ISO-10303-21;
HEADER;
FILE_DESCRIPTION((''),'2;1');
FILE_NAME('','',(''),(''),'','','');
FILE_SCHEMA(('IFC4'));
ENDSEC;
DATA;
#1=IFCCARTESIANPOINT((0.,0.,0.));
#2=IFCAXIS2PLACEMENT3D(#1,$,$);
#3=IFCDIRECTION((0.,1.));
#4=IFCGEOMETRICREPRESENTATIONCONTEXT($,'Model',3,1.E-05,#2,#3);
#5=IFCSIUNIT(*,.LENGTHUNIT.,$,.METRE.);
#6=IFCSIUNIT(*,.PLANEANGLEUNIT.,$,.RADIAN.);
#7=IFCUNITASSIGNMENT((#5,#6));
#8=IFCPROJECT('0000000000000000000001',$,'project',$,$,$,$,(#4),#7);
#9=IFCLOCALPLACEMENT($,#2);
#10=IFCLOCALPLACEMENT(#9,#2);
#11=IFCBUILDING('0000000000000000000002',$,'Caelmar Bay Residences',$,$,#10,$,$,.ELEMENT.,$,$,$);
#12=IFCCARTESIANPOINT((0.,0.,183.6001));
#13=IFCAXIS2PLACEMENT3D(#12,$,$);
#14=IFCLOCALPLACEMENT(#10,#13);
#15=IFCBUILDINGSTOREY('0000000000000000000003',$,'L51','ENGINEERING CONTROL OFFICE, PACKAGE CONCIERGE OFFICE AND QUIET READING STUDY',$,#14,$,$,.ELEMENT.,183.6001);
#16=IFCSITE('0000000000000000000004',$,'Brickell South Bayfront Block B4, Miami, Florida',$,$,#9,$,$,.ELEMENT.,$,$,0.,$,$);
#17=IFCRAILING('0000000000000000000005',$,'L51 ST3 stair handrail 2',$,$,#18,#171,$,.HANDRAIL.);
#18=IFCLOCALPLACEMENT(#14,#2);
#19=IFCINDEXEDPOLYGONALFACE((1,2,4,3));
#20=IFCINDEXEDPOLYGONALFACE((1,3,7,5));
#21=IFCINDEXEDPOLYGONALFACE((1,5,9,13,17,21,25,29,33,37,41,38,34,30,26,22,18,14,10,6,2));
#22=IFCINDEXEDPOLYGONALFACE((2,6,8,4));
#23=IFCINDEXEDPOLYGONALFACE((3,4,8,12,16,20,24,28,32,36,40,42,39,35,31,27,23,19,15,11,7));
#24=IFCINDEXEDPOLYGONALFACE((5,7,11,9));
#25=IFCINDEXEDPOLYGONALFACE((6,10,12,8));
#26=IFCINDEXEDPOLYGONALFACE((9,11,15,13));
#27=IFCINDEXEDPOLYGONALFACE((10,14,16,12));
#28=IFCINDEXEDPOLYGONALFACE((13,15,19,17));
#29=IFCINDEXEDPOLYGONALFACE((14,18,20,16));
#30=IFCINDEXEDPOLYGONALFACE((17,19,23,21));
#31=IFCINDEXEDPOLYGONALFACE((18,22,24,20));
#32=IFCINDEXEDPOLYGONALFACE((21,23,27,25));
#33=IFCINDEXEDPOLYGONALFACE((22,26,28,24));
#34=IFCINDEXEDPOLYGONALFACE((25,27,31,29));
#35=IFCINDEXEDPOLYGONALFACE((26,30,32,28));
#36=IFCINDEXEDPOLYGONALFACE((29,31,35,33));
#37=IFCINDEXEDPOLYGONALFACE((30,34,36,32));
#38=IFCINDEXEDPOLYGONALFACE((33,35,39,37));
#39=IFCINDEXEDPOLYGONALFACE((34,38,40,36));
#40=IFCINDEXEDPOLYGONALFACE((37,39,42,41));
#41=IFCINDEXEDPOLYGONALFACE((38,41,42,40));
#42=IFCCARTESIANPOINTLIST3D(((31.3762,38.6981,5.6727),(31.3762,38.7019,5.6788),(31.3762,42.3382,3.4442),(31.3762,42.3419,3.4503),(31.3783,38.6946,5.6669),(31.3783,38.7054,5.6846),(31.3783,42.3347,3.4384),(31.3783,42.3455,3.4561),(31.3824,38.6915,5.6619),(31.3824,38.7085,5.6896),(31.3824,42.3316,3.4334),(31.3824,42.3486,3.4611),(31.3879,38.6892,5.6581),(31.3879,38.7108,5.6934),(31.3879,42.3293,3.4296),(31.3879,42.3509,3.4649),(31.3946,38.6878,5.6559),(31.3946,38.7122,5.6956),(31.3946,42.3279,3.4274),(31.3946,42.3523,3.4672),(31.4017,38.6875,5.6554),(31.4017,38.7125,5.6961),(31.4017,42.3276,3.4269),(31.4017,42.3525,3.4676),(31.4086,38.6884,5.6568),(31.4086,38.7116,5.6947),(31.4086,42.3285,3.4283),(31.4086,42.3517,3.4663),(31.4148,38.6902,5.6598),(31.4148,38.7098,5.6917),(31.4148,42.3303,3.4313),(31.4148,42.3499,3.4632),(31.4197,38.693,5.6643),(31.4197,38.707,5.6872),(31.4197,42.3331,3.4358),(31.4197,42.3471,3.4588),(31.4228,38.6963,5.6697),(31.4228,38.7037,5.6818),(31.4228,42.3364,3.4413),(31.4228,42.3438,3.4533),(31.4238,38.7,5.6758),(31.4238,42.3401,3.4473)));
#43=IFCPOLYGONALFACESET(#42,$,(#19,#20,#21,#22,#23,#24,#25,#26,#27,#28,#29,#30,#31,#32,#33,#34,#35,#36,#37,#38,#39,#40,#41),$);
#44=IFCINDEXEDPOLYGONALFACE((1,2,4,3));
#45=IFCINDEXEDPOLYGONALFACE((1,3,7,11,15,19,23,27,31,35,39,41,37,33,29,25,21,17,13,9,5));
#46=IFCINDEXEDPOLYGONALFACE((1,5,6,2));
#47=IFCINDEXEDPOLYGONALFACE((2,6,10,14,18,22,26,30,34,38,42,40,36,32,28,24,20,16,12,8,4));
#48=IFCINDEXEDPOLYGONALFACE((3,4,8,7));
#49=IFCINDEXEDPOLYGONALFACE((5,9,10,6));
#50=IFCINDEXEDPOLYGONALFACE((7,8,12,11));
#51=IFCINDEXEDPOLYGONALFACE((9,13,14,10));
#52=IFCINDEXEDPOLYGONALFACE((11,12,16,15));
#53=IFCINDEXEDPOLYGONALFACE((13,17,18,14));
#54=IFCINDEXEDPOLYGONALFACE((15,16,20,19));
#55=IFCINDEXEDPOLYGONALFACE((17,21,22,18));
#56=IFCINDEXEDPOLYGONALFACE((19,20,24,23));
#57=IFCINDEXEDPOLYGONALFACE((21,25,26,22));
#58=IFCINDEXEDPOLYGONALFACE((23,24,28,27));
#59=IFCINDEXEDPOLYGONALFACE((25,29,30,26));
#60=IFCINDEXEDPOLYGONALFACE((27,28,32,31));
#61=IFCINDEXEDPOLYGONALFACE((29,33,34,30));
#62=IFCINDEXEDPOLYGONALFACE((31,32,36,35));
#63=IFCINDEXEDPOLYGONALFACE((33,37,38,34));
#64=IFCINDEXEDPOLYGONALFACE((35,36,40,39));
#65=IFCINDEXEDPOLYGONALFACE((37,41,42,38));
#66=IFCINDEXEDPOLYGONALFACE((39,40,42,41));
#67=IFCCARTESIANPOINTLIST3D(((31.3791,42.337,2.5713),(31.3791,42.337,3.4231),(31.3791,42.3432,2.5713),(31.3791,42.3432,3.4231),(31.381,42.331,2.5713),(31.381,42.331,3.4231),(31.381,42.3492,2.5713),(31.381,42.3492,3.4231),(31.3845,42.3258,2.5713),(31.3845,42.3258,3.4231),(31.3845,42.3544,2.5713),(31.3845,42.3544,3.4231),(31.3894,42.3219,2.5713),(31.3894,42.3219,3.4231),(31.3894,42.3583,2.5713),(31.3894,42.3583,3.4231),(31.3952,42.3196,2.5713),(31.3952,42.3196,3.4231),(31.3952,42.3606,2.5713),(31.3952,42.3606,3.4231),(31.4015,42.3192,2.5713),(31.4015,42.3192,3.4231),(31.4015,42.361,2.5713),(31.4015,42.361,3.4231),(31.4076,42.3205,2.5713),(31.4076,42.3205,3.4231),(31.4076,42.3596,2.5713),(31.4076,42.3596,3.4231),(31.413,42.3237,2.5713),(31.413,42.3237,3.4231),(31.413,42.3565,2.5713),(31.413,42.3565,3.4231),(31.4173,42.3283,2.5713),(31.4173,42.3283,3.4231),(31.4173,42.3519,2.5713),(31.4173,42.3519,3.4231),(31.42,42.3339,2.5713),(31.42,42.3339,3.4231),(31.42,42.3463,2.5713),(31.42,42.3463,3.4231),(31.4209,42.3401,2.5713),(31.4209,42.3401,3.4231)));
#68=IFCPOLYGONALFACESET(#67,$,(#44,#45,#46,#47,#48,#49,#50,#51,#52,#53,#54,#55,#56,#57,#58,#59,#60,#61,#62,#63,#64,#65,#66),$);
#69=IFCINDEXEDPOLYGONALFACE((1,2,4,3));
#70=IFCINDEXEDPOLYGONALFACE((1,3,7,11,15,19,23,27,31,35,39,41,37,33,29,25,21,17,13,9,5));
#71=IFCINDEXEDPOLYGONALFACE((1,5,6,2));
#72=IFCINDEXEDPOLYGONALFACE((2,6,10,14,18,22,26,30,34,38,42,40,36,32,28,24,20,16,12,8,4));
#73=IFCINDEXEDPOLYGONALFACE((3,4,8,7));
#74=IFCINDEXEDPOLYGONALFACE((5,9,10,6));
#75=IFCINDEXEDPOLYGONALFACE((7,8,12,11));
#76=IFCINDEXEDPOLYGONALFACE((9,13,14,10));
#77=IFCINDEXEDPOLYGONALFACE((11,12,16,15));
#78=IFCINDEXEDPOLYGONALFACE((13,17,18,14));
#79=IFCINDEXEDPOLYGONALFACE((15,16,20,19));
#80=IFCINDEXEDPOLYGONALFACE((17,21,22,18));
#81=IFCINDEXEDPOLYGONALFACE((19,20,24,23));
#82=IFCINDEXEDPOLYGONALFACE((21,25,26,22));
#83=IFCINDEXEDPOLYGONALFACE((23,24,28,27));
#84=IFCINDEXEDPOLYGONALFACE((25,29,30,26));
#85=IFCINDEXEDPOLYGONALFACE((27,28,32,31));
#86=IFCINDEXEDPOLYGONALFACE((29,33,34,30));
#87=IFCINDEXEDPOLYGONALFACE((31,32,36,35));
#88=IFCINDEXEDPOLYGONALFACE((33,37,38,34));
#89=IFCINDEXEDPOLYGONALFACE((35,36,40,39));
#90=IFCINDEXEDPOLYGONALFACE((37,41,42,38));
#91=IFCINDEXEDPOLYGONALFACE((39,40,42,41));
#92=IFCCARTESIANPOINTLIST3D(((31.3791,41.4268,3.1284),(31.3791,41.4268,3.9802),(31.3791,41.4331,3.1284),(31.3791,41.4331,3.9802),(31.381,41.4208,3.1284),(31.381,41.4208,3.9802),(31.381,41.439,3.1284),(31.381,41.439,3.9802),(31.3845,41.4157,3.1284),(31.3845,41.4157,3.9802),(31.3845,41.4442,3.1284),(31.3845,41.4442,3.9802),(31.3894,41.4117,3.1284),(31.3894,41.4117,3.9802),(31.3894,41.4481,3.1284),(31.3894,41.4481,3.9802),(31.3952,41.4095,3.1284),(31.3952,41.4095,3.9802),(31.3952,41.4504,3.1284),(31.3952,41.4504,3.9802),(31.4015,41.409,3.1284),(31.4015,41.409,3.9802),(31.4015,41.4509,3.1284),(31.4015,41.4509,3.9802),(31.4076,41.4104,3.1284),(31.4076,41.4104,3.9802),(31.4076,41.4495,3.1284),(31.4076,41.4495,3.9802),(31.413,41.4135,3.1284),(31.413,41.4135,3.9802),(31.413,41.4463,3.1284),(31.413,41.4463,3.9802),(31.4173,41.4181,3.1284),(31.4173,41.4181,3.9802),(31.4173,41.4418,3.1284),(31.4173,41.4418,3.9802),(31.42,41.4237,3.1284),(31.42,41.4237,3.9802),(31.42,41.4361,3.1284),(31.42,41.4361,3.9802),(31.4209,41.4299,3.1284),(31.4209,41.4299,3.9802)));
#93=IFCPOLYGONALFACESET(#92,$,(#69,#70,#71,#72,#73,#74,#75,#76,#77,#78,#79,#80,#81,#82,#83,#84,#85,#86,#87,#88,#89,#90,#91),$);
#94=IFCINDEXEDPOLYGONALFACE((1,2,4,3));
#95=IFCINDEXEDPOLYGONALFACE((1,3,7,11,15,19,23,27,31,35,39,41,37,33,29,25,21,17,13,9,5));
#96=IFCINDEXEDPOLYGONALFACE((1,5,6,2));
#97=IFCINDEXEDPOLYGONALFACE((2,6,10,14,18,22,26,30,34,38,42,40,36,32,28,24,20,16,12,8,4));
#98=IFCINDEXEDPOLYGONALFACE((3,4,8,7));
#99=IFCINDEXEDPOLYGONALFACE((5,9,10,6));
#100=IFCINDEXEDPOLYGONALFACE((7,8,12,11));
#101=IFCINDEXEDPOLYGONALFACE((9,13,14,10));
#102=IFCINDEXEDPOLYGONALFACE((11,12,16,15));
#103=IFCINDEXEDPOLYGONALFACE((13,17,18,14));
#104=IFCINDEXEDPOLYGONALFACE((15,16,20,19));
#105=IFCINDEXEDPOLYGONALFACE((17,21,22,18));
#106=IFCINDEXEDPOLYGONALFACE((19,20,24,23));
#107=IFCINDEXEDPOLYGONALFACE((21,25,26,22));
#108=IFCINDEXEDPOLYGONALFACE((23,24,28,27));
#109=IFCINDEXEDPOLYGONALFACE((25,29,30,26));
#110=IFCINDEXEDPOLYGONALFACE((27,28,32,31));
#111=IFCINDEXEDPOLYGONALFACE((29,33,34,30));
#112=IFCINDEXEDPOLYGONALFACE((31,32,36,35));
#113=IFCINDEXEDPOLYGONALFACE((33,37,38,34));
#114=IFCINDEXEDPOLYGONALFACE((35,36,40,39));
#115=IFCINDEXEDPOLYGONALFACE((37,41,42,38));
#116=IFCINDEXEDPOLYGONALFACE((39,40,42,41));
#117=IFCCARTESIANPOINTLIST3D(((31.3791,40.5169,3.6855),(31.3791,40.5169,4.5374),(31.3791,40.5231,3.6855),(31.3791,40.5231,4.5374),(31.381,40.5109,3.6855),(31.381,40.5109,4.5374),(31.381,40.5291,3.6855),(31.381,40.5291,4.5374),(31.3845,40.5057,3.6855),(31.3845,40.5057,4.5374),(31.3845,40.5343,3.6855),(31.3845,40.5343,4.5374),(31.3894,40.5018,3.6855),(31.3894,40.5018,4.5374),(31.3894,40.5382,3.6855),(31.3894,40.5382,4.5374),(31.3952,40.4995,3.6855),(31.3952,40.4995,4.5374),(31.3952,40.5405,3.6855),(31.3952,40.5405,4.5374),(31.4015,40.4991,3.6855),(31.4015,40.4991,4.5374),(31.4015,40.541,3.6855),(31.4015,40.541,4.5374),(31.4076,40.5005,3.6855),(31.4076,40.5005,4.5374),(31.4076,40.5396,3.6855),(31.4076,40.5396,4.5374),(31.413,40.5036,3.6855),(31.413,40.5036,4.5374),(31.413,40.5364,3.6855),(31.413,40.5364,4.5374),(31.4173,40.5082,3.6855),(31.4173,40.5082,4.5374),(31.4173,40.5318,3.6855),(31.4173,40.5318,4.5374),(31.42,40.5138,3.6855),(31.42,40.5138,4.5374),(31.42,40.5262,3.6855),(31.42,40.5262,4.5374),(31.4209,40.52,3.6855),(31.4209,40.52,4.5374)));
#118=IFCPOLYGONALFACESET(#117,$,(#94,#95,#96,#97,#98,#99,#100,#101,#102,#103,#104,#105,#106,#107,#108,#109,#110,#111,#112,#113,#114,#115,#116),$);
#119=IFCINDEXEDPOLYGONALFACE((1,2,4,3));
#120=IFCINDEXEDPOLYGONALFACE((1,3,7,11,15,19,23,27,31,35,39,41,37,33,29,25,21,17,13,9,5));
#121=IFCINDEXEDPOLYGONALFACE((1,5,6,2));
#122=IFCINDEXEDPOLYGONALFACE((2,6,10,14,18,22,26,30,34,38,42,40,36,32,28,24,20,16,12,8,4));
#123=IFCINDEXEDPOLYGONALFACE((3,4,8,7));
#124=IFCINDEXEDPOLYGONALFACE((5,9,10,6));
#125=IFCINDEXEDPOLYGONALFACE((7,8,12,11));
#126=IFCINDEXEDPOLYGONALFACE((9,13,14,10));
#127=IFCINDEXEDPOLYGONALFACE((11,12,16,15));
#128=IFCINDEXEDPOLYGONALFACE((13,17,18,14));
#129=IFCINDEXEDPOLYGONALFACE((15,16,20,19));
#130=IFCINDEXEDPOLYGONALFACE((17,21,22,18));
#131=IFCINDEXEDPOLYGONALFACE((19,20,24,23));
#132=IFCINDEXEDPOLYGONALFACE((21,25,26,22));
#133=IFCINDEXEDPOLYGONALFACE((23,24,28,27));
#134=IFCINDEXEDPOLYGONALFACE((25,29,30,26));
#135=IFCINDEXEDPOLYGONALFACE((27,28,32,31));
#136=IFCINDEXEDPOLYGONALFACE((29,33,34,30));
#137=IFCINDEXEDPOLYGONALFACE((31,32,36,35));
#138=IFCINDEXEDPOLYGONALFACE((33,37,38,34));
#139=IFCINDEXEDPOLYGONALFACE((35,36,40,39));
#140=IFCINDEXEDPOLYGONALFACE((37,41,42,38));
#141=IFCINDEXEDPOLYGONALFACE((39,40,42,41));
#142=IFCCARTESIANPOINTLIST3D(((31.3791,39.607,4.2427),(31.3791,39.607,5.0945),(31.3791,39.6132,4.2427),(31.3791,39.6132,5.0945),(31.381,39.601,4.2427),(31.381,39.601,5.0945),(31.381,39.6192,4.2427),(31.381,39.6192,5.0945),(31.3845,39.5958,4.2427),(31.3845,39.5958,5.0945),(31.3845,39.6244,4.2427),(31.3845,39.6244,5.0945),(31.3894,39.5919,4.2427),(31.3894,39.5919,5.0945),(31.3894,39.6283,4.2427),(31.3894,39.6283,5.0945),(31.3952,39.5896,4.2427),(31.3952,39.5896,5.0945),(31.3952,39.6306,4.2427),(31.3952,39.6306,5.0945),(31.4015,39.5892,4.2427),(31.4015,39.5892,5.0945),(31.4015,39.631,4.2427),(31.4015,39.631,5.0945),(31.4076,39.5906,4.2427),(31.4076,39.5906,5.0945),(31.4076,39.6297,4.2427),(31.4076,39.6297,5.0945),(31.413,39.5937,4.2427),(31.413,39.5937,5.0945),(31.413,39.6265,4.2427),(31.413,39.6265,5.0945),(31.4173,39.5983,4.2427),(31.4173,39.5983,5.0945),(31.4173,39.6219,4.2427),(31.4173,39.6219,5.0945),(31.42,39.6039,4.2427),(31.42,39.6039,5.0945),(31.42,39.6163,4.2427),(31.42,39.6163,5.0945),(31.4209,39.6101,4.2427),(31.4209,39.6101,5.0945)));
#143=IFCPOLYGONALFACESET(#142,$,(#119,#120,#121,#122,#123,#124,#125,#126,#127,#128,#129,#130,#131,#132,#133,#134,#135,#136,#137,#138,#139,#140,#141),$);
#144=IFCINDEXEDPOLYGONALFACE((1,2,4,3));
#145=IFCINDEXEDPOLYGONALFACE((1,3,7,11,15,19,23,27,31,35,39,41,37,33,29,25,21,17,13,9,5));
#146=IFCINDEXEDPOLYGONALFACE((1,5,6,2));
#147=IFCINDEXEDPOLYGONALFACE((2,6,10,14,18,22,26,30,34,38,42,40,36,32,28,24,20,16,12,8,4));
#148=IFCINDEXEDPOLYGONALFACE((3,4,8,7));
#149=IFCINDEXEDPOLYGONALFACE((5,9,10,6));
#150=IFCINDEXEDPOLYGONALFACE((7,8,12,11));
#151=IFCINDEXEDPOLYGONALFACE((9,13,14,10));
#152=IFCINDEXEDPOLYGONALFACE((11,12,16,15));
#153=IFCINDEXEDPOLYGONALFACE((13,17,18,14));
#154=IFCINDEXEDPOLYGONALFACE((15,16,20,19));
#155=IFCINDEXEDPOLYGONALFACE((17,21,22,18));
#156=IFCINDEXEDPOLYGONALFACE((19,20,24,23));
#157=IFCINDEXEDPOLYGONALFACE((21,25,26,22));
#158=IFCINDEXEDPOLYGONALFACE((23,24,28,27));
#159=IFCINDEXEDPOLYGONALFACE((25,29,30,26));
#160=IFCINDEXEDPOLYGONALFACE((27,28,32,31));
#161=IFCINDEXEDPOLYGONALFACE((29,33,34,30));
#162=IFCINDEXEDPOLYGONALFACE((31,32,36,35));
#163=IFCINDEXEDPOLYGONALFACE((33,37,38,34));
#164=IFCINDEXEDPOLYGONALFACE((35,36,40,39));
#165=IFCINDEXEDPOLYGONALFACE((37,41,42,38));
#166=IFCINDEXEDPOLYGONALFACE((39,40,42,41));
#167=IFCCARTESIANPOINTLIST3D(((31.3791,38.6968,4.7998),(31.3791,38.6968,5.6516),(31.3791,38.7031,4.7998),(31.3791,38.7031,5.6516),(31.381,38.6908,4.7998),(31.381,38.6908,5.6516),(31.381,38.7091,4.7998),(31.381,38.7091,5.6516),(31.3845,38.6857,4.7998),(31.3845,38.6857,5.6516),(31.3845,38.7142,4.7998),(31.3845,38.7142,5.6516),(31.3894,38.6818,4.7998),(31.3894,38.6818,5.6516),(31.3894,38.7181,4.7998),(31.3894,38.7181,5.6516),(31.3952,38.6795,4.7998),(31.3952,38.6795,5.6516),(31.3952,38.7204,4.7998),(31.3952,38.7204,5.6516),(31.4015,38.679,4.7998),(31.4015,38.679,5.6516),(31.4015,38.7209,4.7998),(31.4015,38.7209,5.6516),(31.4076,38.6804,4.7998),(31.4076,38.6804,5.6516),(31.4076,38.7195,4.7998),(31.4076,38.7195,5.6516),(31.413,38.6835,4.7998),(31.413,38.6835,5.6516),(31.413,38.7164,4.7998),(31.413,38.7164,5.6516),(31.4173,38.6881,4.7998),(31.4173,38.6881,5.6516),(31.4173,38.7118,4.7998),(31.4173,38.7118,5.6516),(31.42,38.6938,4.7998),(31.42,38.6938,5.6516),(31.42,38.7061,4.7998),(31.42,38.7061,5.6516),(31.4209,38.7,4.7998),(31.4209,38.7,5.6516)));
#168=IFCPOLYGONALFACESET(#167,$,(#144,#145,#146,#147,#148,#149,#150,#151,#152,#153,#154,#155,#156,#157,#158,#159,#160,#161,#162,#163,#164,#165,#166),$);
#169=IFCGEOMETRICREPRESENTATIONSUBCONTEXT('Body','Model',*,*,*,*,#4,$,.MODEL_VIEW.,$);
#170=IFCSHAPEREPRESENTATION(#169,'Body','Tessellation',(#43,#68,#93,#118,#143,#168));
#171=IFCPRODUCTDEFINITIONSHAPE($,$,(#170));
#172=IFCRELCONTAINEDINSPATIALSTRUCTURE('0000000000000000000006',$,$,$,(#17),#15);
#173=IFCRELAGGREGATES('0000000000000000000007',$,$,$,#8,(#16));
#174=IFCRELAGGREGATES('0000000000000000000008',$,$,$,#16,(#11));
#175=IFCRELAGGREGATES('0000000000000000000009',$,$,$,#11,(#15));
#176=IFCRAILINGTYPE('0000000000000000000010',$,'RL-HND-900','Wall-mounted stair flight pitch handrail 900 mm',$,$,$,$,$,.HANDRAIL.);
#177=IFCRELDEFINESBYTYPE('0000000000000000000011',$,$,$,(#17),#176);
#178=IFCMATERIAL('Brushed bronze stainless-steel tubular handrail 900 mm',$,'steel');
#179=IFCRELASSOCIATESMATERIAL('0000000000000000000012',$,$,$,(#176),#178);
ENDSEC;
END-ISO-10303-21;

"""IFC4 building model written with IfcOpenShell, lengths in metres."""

from ifc_helpers import new_model, si_unit, direction, frame, origin, origin_2d, place, context, subcontext, project, spatial, circle, extrude, material, type_object, element, save


model = new_model("IFC4")

# Units and contexts
model_context = context("Model", 3, precision=1e-05, world=origin(), true_north=direction((0.0, 1.0)))
body_context = subcontext(model_context, "Body", "Model", "MODEL_VIEW")
ifc_project = project(units=[si_unit("LENGTHUNIT", "METRE"), si_unit("PLANEANGLEUNIT", "RADIAN")], contexts=[model_context])

# Site, building, storey
site_placement = place(None, origin())
site = spatial("IfcSite", under=ifc_project, at=site_placement, Name="Brickell South Bayfront Block B4, Miami, Florida", CompositionType="ELEMENT", RefElevation=0.0)
building_placement = place(site_placement, origin())
building = spatial("IfcBuilding", under=site, at=building_placement, Name="Caelmar Bay Residences", CompositionType="ELEMENT")
storey_placement = place(building_placement, frame((0.0, 0.0, 183.6001)))
storey = spatial("IfcBuildingStorey", under=building, at=storey_placement, Name="L51", Description="ENGINEERING CONTROL OFFICE, PACKAGE CONCIERGE OFFICE AND QUIET READING STUDY", CompositionType="ELEMENT", Elevation=183.6001)

# Railing
ifc_material_1 = material(Name="Brushed bronze stainless-steel tubular handrail 900 mm", Category="steel")
railing_type_1 = type_object("IfcRailingType", Name="RL-HND-900", Description="Wall-mounted stair flight pitch handrail 900 mm", PredefinedType="HANDRAIL", material=ifc_material_1)
railing_1_placement = place(storey_placement, frame((31.3999, 42.3401, 2.5713)))
element("IfcRailing", 1, at=railing_1_placement, inside=storey, type_object=railing_type_1, Name="L51 ST3 stair handrail 2", PredefinedType="HANDRAIL", context=body_context, shape_type="SweptSolid", body=[
    extrude(circle(Radius=0.0239, at=origin_2d()), frame((0.0, 0.0, 0.876), z_axis=(0.0, -0.852866, 0.52213), x_axis=(1.0, 0.0, 0.0)), (0.0, 0.0, 1.0), 4.2681),
    extrude(circle(Radius=0.021, at=origin_2d()), origin(), (0.0, 0.0, 1.0), 0.8518),
    extrude(circle(Radius=0.021, at=origin_2d()), frame((0.0, -0.9102, 0.5571)), (0.0, 0.0, 1.0), 0.8518),
    extrude(circle(Radius=0.021, at=origin_2d()), frame((0.0, -1.8201, 1.1143)), (0.0, 0.0, 1.0), 0.8518),
    extrude(circle(Radius=0.021, at=origin_2d()), frame((0.0, -2.73, 1.6714)), (0.0, 0.0, 1.0), 0.8518),
    extrude(circle(Radius=0.021, at=origin_2d()), frame((0.0, -3.6401, 2.2285)), (0.0, 0.0, 1.0), 0.8518),
])

save(model, "model.ifc")
